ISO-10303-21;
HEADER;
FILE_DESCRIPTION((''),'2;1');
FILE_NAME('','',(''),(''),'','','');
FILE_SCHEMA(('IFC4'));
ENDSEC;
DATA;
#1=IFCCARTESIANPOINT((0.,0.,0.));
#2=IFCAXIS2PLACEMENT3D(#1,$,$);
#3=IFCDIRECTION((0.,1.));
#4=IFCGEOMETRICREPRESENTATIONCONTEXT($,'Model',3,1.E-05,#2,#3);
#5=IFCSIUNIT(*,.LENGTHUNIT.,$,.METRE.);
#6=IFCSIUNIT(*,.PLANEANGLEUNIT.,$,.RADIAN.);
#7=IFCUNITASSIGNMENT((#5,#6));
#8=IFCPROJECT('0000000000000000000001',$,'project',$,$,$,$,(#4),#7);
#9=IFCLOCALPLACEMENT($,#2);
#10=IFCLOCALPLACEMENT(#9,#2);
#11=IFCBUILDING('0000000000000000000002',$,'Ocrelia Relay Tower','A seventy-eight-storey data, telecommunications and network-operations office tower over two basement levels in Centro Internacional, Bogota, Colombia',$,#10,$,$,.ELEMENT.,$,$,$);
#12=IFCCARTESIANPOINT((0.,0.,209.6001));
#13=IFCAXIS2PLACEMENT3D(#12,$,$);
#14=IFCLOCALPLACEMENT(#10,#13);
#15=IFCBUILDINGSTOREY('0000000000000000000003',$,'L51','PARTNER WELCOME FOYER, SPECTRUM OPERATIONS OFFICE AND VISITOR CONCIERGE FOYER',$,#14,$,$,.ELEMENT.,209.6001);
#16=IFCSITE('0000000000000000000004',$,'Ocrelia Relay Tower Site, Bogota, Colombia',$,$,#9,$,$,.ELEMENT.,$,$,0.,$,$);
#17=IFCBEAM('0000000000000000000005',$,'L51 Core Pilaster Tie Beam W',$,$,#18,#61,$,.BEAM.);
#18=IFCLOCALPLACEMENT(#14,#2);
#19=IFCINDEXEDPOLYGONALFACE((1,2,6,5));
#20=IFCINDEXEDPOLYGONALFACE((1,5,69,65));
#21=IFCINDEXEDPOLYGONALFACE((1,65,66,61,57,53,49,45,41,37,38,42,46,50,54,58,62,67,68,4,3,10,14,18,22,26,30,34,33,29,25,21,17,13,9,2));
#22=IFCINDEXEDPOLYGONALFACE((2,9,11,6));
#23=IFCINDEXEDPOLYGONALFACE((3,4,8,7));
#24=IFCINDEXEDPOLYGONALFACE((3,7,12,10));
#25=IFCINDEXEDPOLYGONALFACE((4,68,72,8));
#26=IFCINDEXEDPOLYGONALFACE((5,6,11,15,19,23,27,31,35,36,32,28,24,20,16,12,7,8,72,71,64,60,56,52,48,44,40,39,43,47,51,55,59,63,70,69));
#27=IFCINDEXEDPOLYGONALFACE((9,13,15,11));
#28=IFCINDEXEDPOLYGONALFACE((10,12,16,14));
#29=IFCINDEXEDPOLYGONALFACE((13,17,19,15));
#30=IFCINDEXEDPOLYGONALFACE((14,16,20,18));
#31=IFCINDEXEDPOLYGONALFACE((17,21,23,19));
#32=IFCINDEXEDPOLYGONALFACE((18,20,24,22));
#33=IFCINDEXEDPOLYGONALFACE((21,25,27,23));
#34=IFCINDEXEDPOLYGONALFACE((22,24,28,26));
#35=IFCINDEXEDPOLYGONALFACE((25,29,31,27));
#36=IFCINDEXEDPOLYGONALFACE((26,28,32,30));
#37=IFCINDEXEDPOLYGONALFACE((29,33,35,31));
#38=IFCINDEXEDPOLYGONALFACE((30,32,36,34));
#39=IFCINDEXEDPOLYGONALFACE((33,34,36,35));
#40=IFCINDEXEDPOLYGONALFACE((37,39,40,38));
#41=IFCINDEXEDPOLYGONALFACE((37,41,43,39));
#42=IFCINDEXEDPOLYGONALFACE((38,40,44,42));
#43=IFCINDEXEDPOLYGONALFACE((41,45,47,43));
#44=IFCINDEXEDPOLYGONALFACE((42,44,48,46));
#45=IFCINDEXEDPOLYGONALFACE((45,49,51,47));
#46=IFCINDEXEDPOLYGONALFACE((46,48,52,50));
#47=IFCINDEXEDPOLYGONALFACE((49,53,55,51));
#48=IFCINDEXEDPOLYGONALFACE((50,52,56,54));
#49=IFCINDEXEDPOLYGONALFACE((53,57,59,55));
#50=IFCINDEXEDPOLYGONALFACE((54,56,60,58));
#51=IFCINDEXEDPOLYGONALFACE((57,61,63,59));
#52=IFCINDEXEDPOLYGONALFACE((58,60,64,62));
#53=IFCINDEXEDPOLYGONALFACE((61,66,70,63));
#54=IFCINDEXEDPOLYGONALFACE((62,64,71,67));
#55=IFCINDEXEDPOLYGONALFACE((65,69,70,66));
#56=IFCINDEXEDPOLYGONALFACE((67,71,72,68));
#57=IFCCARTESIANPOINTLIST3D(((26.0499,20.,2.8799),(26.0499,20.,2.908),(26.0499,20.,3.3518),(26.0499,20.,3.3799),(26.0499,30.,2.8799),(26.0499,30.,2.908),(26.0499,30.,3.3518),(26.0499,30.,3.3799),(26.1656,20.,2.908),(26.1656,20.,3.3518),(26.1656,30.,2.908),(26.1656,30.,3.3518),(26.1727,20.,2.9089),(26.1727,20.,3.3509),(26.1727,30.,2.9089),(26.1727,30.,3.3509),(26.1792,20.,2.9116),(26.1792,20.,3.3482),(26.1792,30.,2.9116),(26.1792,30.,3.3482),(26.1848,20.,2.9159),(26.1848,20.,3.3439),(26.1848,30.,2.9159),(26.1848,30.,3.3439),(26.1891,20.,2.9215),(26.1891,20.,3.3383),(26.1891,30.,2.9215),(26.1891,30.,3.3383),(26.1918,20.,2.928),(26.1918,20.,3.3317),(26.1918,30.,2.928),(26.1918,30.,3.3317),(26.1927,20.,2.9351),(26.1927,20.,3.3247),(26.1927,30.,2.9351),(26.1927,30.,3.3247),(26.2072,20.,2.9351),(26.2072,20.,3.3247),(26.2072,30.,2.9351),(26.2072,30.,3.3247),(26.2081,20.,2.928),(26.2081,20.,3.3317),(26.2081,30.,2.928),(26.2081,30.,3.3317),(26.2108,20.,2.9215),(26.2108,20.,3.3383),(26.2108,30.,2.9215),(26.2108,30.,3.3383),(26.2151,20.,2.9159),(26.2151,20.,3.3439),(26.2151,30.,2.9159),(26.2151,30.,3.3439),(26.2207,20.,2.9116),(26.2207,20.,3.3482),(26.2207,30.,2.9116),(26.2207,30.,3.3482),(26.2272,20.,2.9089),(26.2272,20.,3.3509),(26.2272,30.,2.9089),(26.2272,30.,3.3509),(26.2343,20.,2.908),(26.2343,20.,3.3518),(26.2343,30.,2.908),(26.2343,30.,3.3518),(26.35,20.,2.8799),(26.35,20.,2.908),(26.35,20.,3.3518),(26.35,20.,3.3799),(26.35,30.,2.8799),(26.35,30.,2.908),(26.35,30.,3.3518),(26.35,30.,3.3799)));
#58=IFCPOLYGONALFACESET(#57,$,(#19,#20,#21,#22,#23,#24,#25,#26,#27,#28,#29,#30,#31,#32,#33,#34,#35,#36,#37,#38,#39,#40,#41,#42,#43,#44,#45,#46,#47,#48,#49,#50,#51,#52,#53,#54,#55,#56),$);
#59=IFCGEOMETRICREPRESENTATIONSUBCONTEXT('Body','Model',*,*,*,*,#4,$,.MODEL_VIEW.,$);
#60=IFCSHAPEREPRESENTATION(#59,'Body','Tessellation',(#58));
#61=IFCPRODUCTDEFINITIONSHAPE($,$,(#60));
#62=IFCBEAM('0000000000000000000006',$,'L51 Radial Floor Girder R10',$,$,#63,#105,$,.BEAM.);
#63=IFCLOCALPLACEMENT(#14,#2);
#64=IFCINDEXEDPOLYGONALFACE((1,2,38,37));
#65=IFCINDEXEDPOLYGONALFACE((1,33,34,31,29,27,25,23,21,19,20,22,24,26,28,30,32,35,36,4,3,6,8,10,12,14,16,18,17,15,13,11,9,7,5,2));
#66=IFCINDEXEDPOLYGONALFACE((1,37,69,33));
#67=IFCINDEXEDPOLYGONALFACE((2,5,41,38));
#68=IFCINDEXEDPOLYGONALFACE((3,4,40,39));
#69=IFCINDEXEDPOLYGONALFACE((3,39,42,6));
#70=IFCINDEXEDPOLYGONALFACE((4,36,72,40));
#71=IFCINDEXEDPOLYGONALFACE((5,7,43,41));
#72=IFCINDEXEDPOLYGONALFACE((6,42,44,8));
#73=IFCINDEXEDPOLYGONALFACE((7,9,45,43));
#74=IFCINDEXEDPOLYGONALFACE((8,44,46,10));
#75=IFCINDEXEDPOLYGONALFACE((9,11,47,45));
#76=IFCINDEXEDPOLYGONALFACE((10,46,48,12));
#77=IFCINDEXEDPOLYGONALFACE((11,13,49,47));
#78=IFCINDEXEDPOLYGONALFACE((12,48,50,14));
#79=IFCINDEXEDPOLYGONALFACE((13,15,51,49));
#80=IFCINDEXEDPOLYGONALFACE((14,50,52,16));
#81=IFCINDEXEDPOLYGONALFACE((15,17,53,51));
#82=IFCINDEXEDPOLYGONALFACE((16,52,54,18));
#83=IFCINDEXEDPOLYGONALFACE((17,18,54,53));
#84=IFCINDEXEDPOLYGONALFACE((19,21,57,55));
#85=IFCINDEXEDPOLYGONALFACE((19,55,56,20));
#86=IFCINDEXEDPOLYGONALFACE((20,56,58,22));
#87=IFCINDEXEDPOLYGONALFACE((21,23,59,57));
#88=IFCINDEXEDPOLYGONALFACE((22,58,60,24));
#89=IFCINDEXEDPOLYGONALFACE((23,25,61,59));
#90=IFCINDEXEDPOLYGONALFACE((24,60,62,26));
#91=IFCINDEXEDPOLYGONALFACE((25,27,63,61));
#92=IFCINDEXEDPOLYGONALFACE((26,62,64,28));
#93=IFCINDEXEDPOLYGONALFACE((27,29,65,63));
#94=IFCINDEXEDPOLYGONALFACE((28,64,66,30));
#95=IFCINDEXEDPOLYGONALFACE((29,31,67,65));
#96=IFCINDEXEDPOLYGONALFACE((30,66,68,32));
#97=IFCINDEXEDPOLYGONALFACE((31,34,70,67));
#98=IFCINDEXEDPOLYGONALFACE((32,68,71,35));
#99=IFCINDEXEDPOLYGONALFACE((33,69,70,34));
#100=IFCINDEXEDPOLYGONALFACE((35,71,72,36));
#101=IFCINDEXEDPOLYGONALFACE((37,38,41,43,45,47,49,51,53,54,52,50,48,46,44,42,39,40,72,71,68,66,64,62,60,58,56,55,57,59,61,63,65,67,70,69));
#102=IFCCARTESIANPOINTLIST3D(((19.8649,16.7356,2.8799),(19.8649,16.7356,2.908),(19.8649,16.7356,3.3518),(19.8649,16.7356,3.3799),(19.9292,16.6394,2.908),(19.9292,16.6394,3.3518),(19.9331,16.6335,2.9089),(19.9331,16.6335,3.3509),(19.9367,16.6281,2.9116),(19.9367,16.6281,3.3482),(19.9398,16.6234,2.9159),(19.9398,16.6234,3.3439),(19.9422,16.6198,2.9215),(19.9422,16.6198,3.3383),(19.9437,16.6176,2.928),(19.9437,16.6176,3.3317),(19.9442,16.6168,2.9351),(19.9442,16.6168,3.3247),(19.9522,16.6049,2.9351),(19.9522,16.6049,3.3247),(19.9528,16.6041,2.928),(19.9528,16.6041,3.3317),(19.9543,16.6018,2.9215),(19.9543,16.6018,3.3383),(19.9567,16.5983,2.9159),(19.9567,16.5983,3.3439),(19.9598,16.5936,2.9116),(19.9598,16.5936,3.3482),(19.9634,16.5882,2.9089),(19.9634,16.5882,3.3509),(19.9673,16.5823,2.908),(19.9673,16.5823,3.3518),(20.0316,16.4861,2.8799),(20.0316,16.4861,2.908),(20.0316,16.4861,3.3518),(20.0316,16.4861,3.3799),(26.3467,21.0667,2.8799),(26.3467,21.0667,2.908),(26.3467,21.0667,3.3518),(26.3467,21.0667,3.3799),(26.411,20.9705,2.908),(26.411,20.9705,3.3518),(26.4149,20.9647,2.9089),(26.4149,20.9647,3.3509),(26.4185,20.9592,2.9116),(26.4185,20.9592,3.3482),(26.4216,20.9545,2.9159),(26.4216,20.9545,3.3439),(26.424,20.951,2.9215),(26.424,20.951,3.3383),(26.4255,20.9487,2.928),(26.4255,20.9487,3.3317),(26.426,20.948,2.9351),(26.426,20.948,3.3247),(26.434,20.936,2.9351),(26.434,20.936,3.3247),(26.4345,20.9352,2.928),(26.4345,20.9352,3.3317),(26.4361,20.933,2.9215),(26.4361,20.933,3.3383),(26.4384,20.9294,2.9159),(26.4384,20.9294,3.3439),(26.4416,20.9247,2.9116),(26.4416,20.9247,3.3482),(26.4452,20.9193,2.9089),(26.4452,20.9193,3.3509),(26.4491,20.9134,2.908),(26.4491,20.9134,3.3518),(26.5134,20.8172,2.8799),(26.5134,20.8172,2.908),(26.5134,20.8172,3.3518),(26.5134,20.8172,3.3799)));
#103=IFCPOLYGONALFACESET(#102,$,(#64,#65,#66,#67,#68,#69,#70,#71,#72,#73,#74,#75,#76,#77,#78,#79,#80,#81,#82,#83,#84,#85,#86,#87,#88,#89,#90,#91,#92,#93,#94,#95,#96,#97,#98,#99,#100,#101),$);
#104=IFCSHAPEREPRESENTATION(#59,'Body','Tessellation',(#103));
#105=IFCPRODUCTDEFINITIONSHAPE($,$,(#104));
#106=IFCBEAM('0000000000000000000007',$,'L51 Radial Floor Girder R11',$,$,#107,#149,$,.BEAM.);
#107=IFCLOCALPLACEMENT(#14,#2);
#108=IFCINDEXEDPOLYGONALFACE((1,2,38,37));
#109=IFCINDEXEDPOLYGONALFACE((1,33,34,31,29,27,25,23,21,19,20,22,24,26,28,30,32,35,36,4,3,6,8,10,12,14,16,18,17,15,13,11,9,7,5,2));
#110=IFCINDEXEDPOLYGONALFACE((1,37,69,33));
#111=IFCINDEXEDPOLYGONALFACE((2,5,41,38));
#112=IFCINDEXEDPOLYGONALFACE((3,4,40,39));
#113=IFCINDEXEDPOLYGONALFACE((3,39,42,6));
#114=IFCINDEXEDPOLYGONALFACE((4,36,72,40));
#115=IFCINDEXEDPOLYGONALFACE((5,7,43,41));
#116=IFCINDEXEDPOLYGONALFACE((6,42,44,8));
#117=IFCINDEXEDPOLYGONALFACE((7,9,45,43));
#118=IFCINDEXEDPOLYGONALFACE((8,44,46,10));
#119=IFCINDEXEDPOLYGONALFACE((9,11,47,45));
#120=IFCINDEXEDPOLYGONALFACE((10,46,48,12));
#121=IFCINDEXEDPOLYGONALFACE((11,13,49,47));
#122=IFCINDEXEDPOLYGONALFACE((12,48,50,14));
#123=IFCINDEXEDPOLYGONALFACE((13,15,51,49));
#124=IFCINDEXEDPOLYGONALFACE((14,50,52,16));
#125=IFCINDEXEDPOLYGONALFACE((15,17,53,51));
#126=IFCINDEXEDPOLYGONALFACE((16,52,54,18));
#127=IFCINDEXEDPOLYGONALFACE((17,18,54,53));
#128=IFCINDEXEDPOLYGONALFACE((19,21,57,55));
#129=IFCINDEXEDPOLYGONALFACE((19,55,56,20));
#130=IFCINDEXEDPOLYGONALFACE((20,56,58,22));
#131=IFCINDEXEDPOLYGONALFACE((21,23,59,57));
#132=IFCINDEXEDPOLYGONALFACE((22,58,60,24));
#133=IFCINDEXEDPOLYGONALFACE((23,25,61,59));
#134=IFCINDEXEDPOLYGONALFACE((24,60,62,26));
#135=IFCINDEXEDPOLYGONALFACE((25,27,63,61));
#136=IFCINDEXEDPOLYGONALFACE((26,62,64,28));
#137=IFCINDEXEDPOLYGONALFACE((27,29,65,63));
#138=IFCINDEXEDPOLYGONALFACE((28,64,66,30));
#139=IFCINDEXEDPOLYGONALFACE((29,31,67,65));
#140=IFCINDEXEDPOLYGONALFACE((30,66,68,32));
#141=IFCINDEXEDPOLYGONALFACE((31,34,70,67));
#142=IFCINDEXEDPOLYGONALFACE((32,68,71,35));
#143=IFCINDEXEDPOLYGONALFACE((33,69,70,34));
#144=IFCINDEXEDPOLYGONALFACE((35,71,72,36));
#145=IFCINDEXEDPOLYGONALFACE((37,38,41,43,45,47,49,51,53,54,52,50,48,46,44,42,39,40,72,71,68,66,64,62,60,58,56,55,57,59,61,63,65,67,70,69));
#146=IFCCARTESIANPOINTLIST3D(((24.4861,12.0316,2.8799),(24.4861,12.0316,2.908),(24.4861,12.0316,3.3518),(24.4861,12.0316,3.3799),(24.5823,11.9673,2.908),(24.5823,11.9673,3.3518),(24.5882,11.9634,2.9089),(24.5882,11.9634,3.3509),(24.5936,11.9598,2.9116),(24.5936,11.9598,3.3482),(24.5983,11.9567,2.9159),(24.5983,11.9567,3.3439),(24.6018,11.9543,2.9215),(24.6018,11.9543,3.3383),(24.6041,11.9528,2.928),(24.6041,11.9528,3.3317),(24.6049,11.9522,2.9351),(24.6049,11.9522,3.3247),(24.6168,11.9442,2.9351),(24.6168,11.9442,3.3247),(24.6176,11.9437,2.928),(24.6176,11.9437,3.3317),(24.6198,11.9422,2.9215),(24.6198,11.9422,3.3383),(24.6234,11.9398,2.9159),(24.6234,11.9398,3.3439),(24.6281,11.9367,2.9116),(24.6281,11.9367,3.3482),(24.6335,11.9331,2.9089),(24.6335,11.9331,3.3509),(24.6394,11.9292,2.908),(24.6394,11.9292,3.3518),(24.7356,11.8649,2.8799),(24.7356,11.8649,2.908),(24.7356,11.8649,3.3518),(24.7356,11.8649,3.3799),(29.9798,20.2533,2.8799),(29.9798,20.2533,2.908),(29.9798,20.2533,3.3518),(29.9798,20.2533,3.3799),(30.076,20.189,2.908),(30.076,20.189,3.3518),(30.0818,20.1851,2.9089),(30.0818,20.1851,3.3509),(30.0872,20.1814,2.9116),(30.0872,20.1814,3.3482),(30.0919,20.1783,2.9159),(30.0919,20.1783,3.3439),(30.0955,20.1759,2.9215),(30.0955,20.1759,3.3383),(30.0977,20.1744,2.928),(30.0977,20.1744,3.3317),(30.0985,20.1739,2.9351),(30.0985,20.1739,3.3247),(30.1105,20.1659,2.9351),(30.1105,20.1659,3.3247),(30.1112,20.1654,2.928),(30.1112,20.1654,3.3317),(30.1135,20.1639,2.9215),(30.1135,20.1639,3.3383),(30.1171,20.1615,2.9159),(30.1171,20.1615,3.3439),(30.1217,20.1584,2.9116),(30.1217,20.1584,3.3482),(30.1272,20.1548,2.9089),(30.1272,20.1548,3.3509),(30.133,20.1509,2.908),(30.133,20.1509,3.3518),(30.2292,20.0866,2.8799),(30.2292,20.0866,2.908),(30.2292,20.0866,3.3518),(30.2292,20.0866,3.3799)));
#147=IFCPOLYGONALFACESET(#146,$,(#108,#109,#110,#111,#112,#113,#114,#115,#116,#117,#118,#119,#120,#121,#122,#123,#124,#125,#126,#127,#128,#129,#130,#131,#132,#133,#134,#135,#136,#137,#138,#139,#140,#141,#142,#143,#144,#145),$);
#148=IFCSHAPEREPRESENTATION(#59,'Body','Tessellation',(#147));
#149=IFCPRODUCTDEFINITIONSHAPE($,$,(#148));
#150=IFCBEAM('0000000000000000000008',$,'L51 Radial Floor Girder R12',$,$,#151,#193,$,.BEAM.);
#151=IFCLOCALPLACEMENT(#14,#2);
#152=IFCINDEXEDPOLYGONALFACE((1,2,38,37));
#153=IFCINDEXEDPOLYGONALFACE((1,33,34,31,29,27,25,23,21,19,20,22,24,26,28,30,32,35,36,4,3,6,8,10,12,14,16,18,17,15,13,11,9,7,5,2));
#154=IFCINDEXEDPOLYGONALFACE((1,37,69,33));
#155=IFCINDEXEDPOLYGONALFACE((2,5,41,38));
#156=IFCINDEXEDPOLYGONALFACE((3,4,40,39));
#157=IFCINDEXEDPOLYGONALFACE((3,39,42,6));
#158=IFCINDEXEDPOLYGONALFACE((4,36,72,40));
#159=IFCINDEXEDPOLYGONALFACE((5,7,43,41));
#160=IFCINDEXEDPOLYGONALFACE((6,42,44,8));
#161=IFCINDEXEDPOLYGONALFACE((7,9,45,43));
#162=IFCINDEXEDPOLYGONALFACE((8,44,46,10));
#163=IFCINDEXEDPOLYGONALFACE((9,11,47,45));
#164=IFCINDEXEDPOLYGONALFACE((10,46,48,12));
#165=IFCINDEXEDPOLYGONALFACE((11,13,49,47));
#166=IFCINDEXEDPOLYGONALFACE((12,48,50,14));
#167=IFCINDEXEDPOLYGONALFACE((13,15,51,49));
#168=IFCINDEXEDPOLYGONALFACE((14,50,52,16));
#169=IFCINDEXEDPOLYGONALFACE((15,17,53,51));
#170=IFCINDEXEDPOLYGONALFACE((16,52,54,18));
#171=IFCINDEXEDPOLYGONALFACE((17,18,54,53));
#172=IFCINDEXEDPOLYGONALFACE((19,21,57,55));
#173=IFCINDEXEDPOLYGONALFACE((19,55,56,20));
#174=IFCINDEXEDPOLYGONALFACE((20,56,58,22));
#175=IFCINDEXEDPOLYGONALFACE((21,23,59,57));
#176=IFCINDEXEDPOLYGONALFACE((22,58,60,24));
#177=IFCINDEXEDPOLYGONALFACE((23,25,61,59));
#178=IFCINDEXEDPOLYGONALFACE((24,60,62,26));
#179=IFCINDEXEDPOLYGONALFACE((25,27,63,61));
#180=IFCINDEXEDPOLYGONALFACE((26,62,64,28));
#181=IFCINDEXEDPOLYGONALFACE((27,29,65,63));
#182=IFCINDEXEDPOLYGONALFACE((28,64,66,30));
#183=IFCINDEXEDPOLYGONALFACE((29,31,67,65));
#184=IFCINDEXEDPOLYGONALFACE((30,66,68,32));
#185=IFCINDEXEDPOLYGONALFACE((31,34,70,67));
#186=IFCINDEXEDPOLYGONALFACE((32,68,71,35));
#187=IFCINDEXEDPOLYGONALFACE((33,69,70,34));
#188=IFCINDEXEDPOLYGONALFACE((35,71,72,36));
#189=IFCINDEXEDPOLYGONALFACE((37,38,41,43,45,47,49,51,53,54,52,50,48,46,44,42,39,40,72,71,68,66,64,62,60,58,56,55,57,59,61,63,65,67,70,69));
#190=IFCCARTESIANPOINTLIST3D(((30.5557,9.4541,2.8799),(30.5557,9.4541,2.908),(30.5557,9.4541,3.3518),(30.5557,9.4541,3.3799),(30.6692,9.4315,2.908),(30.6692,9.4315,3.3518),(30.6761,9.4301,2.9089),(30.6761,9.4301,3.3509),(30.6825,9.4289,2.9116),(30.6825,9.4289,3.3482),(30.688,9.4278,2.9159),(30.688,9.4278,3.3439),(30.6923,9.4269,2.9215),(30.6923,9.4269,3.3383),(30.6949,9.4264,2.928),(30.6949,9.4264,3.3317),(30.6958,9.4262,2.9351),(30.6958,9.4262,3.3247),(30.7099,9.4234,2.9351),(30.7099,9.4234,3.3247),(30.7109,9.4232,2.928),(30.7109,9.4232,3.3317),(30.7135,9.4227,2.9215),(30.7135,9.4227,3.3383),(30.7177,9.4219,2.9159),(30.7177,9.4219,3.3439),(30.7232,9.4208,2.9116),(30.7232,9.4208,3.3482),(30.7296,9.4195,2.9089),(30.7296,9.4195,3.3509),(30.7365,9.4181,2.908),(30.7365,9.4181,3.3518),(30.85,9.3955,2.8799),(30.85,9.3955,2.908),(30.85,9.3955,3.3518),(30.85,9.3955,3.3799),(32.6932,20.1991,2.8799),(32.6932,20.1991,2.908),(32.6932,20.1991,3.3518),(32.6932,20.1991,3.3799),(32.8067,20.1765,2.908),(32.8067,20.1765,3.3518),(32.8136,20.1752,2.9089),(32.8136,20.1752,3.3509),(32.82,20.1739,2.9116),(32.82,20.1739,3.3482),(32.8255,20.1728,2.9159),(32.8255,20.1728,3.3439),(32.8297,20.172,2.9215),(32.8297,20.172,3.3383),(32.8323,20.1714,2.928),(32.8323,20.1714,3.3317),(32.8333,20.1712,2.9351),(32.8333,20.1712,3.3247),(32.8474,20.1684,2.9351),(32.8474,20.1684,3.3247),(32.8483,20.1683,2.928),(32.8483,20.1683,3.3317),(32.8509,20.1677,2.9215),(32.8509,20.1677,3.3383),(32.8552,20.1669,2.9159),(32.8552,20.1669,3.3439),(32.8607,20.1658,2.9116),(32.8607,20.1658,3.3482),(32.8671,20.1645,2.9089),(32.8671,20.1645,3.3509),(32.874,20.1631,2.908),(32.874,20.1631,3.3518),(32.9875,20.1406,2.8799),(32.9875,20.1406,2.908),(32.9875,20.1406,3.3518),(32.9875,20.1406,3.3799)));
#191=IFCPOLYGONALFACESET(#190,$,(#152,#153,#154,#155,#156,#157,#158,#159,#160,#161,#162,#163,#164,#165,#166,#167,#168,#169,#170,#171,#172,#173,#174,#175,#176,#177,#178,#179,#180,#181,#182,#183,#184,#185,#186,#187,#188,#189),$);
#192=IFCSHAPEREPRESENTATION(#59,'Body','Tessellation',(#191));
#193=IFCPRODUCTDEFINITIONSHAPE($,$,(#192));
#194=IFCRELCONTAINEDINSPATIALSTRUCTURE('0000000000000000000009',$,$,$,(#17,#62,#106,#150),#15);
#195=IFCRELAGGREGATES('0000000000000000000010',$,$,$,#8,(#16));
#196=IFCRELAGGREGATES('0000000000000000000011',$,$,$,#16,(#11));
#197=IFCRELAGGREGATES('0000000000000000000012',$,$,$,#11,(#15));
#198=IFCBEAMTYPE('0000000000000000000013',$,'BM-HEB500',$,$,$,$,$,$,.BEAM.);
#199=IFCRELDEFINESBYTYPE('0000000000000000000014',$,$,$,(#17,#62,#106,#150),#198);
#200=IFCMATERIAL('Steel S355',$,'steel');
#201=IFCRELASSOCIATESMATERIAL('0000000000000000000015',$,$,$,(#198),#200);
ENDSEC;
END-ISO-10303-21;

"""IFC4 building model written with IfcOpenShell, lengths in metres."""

from ifc_helpers import new_model, si_unit, direction, frame, origin, origin_2d, place, context, subcontext, project, spatial, i_section, extrude, material, material_profile, profile_set, type_object, element, save


model = new_model("IFC4")

# Units and contexts
model_context = context("Model", 3, precision=1e-05, world=origin(), true_north=direction((0.0, 1.0)))
body_context = subcontext(model_context, "Body", "Model", "MODEL_VIEW")
ifc_project = project(units=[si_unit("LENGTHUNIT", "METRE"), si_unit("PLANEANGLEUNIT", "RADIAN")], contexts=[model_context])

# Site, building, storey
site_placement = place(None, origin())
site = spatial("IfcSite", under=ifc_project, at=site_placement, Name="Ocrelia Relay Tower Site, Bogota, Colombia", CompositionType="ELEMENT", RefElevation=0.0)
building_placement = place(site_placement, origin())
building = spatial("IfcBuilding", under=site, at=building_placement, Name="Ocrelia Relay Tower", Description="A seventy-eight-storey data, telecommunications and network-operations office tower over two basement levels in Centro Internacional, Bogota, Colombia", CompositionType="ELEMENT")
storey_placement = place(building_placement, frame((0.0, 0.0, 209.6001)))
storey = spatial("IfcBuildingStorey", under=building, at=storey_placement, Name="L51", Description="PARTNER WELCOME FOYER, SPECTRUM OPERATIONS OFFICE AND VISITOR CONCIERGE FOYER", CompositionType="ELEMENT", Elevation=209.6001)

# Beams
ifc_material_1 = material(Name="Steel S355", Category="steel")
ifc_material_profile_1 = material_profile(ifc_material_1, i_section(OverallWidth=0.3, OverallDepth=0.5, WebThickness=0.0144, FlangeThickness=0.0281, FilletRadius=0.0271, at=origin_2d()), Name="HEB 500")
ifc_profile_set_1 = profile_set([ifc_material_profile_1], Name="Steel S355")
beam_type_1 = type_object("IfcBeamType", Name="BM-HEB500", PredefinedType="BEAM", material=ifc_profile_set_1)
beam_1_placement = place(storey_placement, frame((26.2, 20.0, 3.1299), z_axis=(0.0, 1.0, 0.0), x_axis=(-1.0, 0.0, 0.0)))
element("IfcBeam", 1, at=beam_1_placement, inside=storey, type_object=beam_type_1, Name="L51 Core Pilaster Tie Beam W", PredefinedType="BEAM", context=body_context, shape_type="SweptSolid", body=[
    extrude(i_section(OverallWidth=0.3, OverallDepth=0.5, WebThickness=0.0144, FlangeThickness=0.0281, FilletRadius=0.0271, at=origin_2d()), origin(), (0.0, 0.0, 1.0), 10.0),
])
beam_2_placement = place(storey_placement, frame((19.9482, 16.6108, 3.1299), z_axis=(0.831462, 0.555582, 0.0), x_axis=(-0.555582, 0.831462, 0.0)))
element("IfcBeam", 2, at=beam_2_placement, inside=storey, type_object=beam_type_1, Name="L51 Radial Floor Girder R10", PredefinedType="BEAM", context=body_context, shape_type="SweptSolid", body=[
    extrude(i_section(OverallWidth=0.3, OverallDepth=0.5, WebThickness=0.0144, FlangeThickness=0.0281, FilletRadius=0.0271, at=origin_2d()), origin(), (0.0, 0.0, 1.0), 7.7957),
])
beam_3_placement = place(storey_placement, frame((24.6108, 11.9482, 3.1299), z_axis=(0.555577, 0.831465, 0.0), x_axis=(-0.831465, 0.555577, 0.0)))
element("IfcBeam", 3, at=beam_3_placement, inside=storey, type_object=beam_type_1, Name="L51 Radial Floor Girder R11", PredefinedType="BEAM", context=body_context, shape_type="SweptSolid", body=[
    extrude(i_section(OverallWidth=0.3, OverallDepth=0.5, WebThickness=0.0144, FlangeThickness=0.0281, FilletRadius=0.0271, at=origin_2d()), origin(), (0.0, 0.0, 1.0), 9.8882),
])
beam_4_placement = place(storey_placement, frame((30.7029, 9.4248, 3.1299), z_axis=(0.1951, 0.980783, 0.0), x_axis=(-0.980783, 0.1951, 0.0)))
element("IfcBeam", 4, at=beam_4_placement, inside=storey, type_object=beam_type_1, Name="L51 Radial Floor Girder R12", PredefinedType="BEAM", context=body_context, shape_type="SweptSolid", body=[
    extrude(i_section(OverallWidth=0.3, OverallDepth=0.5, WebThickness=0.0144, FlangeThickness=0.0281, FilletRadius=0.0271, at=origin_2d()), origin(), (0.0, 0.0, 1.0), 10.9556),
])

save(model, "model.ifc")
